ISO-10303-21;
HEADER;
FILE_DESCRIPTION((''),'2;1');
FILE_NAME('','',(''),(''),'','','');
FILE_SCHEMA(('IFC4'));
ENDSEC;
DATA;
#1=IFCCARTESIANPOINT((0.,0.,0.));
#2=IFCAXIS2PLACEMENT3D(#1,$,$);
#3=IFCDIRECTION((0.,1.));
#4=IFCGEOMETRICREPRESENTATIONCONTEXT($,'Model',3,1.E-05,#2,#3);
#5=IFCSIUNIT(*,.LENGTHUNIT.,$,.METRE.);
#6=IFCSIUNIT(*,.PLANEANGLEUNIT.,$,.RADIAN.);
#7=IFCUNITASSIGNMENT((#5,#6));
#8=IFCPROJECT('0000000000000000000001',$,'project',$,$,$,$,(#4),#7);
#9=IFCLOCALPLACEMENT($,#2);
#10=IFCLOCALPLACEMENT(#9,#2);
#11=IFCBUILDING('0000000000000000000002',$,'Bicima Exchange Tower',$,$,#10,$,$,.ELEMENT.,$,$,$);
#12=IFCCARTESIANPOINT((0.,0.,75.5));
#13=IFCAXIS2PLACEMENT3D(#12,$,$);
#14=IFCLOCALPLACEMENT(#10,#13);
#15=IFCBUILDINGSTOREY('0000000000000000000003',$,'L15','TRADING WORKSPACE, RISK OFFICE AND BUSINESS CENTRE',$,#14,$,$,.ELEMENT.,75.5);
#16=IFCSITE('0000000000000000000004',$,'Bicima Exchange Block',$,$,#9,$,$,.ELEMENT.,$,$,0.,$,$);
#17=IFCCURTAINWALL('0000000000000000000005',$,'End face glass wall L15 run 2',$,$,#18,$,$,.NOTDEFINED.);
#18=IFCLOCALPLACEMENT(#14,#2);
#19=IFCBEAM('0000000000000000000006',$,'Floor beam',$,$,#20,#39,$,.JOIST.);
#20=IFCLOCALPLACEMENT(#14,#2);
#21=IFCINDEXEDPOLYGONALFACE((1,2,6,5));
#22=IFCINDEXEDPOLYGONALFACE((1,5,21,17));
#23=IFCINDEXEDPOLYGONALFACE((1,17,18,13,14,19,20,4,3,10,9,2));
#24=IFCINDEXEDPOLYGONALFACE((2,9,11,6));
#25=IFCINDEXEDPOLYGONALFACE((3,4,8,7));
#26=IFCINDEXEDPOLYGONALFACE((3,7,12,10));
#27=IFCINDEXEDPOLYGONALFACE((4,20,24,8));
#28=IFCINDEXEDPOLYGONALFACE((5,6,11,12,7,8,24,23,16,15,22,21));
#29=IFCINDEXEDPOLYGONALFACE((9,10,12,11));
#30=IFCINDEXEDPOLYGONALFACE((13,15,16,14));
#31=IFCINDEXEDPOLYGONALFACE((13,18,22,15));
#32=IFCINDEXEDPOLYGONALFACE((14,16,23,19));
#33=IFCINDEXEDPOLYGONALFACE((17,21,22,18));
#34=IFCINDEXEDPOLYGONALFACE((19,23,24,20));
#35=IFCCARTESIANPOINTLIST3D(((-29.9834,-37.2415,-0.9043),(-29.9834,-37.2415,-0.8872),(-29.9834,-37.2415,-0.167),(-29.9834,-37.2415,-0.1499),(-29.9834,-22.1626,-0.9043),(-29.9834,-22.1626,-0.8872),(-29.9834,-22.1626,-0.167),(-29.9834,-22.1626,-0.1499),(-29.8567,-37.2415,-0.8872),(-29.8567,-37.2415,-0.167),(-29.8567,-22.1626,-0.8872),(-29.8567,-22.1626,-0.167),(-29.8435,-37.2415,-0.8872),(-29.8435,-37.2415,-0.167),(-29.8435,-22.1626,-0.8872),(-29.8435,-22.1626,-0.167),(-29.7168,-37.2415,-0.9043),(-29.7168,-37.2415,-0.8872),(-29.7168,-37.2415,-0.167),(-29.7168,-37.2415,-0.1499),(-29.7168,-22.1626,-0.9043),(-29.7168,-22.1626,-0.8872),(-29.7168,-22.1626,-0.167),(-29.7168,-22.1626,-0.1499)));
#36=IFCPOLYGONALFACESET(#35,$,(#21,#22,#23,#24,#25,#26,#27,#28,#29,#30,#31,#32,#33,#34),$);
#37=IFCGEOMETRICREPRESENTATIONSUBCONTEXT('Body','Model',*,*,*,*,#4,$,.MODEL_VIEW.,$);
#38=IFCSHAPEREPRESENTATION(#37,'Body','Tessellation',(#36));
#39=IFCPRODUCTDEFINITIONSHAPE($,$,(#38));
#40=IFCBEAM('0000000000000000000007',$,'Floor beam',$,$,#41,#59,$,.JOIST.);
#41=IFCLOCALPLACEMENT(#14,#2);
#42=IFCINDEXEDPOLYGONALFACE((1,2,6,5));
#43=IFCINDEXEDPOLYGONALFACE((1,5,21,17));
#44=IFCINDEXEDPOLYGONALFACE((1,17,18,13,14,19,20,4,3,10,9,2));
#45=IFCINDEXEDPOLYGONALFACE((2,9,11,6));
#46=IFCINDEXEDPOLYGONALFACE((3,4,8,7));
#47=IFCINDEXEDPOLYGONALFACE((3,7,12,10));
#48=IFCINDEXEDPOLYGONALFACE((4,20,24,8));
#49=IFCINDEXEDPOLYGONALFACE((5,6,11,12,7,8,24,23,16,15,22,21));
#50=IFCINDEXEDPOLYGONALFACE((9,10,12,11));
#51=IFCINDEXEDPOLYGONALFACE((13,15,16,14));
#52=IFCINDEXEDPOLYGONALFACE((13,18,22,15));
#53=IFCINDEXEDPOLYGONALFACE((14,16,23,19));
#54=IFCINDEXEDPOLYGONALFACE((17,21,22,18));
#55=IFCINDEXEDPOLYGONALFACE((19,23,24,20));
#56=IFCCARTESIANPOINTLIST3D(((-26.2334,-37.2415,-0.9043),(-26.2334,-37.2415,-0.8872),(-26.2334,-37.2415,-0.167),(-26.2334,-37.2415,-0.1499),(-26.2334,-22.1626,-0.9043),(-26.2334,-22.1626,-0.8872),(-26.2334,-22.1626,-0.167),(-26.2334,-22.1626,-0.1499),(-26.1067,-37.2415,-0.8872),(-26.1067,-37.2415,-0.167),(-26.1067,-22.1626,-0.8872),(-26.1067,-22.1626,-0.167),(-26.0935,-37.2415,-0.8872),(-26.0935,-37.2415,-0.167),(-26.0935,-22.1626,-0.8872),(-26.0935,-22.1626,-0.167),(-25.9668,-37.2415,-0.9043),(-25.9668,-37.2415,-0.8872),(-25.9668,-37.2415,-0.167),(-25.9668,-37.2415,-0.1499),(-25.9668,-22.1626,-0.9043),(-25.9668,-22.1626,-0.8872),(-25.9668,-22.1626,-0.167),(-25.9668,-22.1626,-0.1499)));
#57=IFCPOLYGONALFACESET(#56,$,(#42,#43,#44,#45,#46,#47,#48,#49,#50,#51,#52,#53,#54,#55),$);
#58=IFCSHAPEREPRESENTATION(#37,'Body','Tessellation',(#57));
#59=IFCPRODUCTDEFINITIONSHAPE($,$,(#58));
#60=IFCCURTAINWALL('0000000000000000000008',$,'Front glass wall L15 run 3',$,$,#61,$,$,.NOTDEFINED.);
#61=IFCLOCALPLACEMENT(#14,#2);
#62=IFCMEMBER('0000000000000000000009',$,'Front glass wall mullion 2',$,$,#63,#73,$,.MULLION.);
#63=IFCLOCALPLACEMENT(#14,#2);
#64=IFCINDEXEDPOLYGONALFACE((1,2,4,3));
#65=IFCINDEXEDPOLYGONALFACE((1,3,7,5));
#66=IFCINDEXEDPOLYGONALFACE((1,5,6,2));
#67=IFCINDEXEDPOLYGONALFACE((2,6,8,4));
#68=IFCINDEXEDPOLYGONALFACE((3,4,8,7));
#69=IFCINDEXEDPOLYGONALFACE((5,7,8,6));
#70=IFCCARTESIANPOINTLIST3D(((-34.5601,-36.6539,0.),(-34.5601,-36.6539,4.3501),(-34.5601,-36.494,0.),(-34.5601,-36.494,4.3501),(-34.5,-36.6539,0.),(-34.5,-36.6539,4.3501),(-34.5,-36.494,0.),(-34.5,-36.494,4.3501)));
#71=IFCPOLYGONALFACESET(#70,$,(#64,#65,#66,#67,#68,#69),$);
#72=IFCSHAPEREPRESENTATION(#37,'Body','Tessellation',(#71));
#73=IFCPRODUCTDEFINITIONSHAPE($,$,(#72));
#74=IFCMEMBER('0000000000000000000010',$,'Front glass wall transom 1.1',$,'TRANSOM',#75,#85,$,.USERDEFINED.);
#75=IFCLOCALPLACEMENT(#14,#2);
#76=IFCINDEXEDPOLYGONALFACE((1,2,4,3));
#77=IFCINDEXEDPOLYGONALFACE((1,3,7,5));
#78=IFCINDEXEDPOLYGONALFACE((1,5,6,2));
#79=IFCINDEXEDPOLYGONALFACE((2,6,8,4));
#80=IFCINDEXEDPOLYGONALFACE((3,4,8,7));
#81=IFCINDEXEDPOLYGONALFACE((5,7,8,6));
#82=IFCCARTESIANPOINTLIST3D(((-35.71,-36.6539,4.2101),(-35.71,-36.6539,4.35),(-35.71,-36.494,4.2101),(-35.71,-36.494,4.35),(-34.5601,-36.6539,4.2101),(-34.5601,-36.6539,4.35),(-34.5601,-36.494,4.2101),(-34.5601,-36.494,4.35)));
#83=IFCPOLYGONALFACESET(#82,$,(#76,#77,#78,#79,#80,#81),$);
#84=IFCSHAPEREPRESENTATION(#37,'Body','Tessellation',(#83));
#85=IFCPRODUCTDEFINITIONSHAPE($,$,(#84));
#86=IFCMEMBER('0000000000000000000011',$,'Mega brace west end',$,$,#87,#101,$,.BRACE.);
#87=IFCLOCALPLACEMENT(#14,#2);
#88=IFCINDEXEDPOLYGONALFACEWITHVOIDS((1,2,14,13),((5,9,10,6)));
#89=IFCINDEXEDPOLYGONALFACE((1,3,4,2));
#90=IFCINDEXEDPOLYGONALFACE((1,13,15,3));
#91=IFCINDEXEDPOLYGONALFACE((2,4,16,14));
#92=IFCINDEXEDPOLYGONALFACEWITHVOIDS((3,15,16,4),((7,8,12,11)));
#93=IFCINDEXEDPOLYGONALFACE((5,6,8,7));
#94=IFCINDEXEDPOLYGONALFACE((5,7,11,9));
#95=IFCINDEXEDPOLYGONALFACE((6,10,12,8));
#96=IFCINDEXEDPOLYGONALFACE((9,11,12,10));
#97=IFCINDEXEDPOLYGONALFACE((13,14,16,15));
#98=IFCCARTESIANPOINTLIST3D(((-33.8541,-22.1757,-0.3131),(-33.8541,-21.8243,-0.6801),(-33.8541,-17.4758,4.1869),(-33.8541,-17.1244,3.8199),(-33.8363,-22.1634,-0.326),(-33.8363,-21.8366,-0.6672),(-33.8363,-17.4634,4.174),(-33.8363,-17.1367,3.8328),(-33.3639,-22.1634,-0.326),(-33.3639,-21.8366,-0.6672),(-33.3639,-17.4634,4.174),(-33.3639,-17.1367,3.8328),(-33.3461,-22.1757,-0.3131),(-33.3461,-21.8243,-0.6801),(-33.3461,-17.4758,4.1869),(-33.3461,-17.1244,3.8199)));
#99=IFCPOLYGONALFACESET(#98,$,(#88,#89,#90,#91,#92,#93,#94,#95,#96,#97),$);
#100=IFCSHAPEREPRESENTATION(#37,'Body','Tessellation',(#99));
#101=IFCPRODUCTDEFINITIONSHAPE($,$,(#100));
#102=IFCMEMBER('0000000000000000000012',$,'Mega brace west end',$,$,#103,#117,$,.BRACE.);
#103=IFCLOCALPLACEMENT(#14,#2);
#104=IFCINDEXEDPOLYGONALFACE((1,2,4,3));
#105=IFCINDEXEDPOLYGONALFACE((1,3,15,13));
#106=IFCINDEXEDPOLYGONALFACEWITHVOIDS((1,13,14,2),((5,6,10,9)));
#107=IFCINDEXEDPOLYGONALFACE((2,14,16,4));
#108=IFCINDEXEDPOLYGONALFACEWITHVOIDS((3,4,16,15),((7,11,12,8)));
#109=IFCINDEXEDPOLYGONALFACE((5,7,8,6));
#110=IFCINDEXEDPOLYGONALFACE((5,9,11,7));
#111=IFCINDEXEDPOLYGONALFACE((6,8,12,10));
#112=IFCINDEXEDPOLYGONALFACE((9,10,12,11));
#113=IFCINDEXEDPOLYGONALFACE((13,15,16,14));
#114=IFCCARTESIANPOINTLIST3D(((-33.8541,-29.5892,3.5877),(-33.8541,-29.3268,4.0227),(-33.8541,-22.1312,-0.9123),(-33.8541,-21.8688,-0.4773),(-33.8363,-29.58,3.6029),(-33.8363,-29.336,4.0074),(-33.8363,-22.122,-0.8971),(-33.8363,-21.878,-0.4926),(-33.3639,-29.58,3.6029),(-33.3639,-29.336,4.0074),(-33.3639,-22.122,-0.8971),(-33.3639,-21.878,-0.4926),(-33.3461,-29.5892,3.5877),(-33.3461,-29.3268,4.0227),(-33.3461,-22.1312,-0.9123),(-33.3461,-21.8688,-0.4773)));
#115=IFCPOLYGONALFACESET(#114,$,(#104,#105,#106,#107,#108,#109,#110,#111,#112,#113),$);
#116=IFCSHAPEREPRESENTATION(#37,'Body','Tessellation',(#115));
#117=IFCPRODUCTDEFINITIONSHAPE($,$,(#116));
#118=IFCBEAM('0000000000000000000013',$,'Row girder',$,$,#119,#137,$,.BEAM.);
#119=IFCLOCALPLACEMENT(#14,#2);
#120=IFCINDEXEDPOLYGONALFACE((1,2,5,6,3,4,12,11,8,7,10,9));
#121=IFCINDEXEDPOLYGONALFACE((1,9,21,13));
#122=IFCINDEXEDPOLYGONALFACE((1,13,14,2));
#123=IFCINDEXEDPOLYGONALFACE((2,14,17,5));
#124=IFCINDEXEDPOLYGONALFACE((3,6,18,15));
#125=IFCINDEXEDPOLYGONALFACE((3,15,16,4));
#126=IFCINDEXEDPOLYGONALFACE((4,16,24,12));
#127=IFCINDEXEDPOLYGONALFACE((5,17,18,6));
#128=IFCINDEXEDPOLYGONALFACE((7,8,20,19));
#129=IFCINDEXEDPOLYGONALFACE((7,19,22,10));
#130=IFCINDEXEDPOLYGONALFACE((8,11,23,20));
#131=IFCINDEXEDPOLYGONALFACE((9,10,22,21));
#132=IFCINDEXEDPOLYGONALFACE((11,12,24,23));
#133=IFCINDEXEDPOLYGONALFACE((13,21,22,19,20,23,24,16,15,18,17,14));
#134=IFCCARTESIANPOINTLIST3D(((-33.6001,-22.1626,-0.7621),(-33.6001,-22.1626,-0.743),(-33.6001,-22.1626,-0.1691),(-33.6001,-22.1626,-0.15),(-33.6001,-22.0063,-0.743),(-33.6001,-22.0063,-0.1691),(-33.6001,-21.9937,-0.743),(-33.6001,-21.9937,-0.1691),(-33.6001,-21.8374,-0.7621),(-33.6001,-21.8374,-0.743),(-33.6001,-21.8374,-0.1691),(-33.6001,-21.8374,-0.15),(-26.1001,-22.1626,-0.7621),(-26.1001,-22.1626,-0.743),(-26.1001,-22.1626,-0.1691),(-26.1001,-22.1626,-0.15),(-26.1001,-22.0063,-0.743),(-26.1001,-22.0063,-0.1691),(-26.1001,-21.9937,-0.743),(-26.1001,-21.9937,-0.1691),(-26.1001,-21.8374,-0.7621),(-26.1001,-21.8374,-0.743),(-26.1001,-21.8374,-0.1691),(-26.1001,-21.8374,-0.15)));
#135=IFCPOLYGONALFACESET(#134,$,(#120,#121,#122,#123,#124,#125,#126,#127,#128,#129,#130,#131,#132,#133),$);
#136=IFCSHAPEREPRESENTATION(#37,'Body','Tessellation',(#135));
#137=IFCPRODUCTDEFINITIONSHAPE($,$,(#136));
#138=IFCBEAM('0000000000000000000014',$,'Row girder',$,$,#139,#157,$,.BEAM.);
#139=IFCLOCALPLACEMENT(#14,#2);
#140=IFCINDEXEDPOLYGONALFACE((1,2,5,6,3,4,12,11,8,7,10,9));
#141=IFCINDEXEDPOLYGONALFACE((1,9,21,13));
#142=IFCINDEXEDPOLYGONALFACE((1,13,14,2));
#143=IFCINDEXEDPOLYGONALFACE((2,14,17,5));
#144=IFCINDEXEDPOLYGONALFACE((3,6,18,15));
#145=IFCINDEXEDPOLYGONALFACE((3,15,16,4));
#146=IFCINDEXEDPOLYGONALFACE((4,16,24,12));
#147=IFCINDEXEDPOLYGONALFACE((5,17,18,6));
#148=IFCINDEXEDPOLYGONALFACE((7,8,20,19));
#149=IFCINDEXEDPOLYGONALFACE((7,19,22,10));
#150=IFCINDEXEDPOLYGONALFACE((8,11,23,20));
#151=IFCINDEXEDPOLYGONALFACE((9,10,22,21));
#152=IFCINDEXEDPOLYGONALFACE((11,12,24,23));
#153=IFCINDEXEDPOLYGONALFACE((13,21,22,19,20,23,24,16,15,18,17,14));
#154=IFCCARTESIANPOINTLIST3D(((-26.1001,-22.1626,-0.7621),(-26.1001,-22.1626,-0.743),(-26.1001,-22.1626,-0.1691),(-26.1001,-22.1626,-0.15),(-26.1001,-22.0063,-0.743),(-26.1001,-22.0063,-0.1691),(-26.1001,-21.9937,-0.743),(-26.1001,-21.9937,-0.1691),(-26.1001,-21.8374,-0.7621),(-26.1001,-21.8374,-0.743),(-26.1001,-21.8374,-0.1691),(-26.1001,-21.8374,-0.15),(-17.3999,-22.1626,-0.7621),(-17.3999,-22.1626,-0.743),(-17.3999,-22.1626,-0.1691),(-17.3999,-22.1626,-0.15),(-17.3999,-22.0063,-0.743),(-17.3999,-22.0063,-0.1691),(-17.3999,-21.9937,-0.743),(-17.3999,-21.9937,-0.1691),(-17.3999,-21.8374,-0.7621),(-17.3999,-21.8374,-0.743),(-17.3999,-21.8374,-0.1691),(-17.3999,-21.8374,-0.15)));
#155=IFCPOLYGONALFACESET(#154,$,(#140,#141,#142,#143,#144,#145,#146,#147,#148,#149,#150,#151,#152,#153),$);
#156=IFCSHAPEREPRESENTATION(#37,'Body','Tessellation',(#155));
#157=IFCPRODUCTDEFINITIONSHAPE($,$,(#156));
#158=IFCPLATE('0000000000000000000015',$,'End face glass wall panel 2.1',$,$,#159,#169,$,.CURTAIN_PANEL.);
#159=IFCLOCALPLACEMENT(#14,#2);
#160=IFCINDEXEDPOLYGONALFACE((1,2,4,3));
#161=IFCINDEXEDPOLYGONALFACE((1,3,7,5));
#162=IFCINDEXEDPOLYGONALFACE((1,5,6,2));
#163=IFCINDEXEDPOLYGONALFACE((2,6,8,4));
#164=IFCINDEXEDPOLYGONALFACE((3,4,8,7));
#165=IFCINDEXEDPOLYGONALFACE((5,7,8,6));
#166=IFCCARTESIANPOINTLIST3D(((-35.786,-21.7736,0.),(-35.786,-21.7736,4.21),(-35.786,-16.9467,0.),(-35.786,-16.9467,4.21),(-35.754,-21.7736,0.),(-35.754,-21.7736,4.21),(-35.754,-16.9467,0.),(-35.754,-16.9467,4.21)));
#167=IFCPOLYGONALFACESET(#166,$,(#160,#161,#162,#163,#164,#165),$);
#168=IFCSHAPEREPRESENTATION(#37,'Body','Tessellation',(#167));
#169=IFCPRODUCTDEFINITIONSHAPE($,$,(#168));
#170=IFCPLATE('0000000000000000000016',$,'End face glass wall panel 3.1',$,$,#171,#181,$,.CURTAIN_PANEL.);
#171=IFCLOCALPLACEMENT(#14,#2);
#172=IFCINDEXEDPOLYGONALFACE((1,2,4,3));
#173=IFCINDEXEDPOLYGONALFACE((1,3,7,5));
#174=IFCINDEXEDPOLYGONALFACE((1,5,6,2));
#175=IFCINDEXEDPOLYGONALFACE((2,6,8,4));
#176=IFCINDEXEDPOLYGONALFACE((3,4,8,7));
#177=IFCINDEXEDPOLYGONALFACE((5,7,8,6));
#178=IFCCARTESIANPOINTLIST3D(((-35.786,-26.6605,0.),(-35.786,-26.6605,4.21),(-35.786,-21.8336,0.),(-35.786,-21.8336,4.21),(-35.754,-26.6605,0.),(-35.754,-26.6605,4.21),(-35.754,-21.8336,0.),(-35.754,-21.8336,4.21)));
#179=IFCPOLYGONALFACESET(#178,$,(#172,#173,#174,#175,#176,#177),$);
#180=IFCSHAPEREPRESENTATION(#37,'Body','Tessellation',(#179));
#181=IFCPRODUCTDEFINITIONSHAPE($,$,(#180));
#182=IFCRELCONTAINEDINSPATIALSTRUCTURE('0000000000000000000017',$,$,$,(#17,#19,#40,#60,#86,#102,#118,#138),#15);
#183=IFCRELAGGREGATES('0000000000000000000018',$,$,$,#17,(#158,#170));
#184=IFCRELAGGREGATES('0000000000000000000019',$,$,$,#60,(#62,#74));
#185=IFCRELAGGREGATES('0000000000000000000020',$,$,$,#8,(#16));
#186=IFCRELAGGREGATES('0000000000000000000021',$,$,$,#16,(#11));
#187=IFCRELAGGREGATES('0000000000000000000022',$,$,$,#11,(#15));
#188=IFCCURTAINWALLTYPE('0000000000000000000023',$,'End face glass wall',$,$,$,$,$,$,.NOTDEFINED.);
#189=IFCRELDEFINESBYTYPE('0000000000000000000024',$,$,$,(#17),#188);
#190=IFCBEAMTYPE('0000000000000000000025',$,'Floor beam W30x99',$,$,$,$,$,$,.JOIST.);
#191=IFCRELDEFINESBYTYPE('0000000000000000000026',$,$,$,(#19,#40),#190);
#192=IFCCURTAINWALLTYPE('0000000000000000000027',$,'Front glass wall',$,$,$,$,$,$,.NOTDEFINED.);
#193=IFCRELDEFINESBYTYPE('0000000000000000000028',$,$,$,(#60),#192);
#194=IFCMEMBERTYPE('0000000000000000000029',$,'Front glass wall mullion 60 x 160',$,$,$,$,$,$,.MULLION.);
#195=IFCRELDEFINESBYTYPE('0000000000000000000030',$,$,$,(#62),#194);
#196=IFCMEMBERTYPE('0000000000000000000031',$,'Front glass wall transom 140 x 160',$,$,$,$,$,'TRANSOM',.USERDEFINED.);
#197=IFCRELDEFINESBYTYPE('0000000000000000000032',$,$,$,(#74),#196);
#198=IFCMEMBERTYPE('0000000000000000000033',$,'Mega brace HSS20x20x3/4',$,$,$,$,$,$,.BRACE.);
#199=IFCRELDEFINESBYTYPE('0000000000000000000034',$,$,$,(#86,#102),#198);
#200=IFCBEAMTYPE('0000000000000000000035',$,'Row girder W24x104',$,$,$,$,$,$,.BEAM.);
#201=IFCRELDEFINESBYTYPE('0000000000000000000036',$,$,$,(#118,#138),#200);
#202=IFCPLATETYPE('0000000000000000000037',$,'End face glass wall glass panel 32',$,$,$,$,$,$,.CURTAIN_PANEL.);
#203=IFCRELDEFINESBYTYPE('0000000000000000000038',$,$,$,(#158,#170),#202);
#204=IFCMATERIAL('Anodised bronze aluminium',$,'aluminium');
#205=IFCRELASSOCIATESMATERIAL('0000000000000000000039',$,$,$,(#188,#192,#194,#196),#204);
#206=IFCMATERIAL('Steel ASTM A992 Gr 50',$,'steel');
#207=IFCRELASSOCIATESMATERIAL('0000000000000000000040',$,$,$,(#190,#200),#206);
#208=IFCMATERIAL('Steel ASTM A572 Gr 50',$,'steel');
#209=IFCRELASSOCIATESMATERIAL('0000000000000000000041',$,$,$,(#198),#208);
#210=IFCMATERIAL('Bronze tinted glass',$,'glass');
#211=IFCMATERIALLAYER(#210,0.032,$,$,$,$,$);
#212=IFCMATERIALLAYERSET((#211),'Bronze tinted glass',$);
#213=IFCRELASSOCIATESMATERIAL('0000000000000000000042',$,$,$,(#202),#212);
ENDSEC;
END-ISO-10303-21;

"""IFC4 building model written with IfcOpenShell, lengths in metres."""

from ifc_helpers import new_model, si_unit, direction, frame, origin, origin_2d, place, context, subcontext, project, spatial, rectangle, hollow_rectangle, i_section, extrude, material, layer, layer_set, material_profile, profile_set, type_object, element, aggregate, save


model = new_model("IFC4")

# Units and contexts
model_context = context("Model", 3, precision=1e-05, world=origin(), true_north=direction((0.0, 1.0)))
body_context = subcontext(model_context, "Body", "Model", "MODEL_VIEW")
ifc_project = project(units=[si_unit("LENGTHUNIT", "METRE"), si_unit("PLANEANGLEUNIT", "RADIAN")], contexts=[model_context])

# Site, building, storey
site_placement = place(None, origin())
site = spatial("IfcSite", under=ifc_project, at=site_placement, Name="Bicima Exchange Block", CompositionType="ELEMENT", RefElevation=0.0)
building_placement = place(site_placement, origin())
building = spatial("IfcBuilding", under=site, at=building_placement, Name="Bicima Exchange Tower", CompositionType="ELEMENT")
storey_placement = place(building_placement, frame((0.0, 0.0, 75.5)))
storey = spatial("IfcBuildingStorey", under=building, at=storey_placement, Name="L15", Description="TRADING WORKSPACE, RISK OFFICE AND BUSINESS CENTRE", CompositionType="ELEMENT", Elevation=75.5)

# Shared definitions
ifc_material_1 = material(Name="Steel ASTM A992 Gr 50", Category="steel")

# Curtain wall
ifc_material_2 = material(Name="Anodised bronze aluminium", Category="aluminium")
curtain_wall_type_1 = type_object("IfcCurtainWallType", Name="End face glass wall", PredefinedType="NOTDEFINED", material=ifc_material_2)
curtain_wall_1_placement = place(storey_placement, origin())
curtain_wall_1 = element("IfcCurtainWall", 1, at=curtain_wall_1_placement, inside=storey, type_object=curtain_wall_type_1, Name="End face glass wall L15 run 2", PredefinedType="NOTDEFINED")
ifc_material_profile_1 = material_profile(ifc_material_2, rectangle(XDim=0.1599, YDim=0.0601, at=origin_2d()))
ifc_profile_set_1 = profile_set([ifc_material_profile_1], Name="Anodised bronze aluminium")
ifc_material_profile_2 = material_profile(ifc_material_2, rectangle(XDim=0.1599, YDim=0.1399, at=origin_2d()))
ifc_profile_set_2 = profile_set([ifc_material_profile_2], Name="Anodised bronze aluminium")

# Beams
ifc_material_profile_3 = material_profile(ifc_material_1, i_section(OverallWidth=0.2666, OverallDepth=0.7544, WebThickness=0.0132, FlangeThickness=0.0171, at=origin_2d()))
ifc_profile_set_3 = profile_set([ifc_material_profile_3], Name="Steel ASTM A992 Gr 50")
beam_type_1 = type_object("IfcBeamType", Name="Floor beam W30x99", PredefinedType="JOIST", material=ifc_profile_set_3)
for number, where, z_axis, x_axis, name in (
    (2, (-29.8501, -22.1626, -0.5271), (0.0, -1.0, 0.0), (1.0, 0.0, 0.0), "Floor beam"),
    (3, (-26.1001, -22.1626, -0.5271), (0.0, -1.0, 0.0), (1.0, 0.0, 0.0), "Floor beam"),
):
    element("IfcBeam", number, at=place(storey_placement, frame(where, z_axis=z_axis, x_axis=x_axis)), inside=storey, type_object=beam_type_1, Name=name, PredefinedType="JOIST", context=body_context, shape_type="SweptSolid", body=[
        extrude(i_section(OverallWidth=0.2666, OverallDepth=0.7544, WebThickness=0.0132, FlangeThickness=0.0171, at=origin_2d()), origin(), (0.0, 0.0, 1.0), 15.0789),
    ])

# Curtain wall, members
curtain_wall_type_2 = type_object("IfcCurtainWallType", Name="Front glass wall", PredefinedType="NOTDEFINED", material=ifc_material_2)
curtain_wall_2_placement = place(storey_placement, origin())
curtain_wall_2 = element("IfcCurtainWall", 4, at=curtain_wall_2_placement, inside=storey, type_object=curtain_wall_type_2, Name="Front glass wall L15 run 3", PredefinedType="NOTDEFINED")
member_type_1 = type_object("IfcMemberType", Name="Front glass wall mullion 60 x 160", PredefinedType="MULLION", material=ifc_profile_set_1)
member_1_placement = place(storey_placement, frame((-34.53, -36.574, 0.0), z_axis=(0.0, 0.0, 1.0), x_axis=(0.0, 1.0, 0.0)))
member_1 = element("IfcMember", 5, at=member_1_placement, type_object=member_type_1, Name="Front glass wall mullion 2", PredefinedType="MULLION", context=body_context, shape_type="SweptSolid", body=[
    extrude(rectangle(XDim=0.1599, YDim=0.0601, at=origin_2d()), origin(), (0.0, 0.0, 1.0), 4.3501),
])
member_type_2 = type_object("IfcMemberType", Name="Front glass wall transom 140 x 160", ElementType="TRANSOM", PredefinedType="USERDEFINED", material=ifc_profile_set_2)
member_2_placement = place(storey_placement, frame((-35.71, -36.574, 4.28), z_axis=(1.0, 0.0, 0.0), x_axis=(0.0, 1.0, 0.0)))
member_2 = element("IfcMember", 6, at=member_2_placement, type_object=member_type_2, Name="Front glass wall transom 1.1", ObjectType="TRANSOM", PredefinedType="USERDEFINED", context=body_context, shape_type="SweptSolid", body=[
    extrude(rectangle(XDim=0.1599, YDim=0.1399, at=origin_2d()), origin(), (0.0, 0.0, 1.0), 1.1499),
])

# Members
ifc_material_3 = material(Name="Steel ASTM A572 Gr 50", Category="steel")
ifc_material_profile_4 = material_profile(ifc_material_3, hollow_rectangle(XDim=0.5081, YDim=0.5081, WallThickness=0.0178, at=origin_2d()))
ifc_profile_set_4 = profile_set([ifc_material_profile_4], Name="Steel ASTM A572 Gr 50")
member_type_3 = type_object("IfcMemberType", Name="Mega brace HSS20x20x3/4", PredefinedType="BRACE", material=ifc_profile_set_4)
member_3_placement = place(storey_placement, frame((-33.6001, -22.0, -0.4966), z_axis=(0.0, 0.722304, 0.691575), x_axis=(-1.0, 0.0, 0.0)))
element("IfcMember", 7, at=member_3_placement, inside=storey, type_object=member_type_3, Name="Mega brace west end", PredefinedType="BRACE", context=body_context, shape_type="SweptSolid", body=[
    extrude(hollow_rectangle(XDim=0.5081, YDim=0.5081, WallThickness=0.0178, at=origin_2d()), origin(), (0.0, 0.0, 1.0), 6.5068),
])
member_4_placement = place(storey_placement, frame((-33.6001, -22.0, -0.6948), z_axis=(0.0, -0.856214, 0.516621), x_axis=(1.0, 0.0, 0.0)))
element("IfcMember", 8, at=member_4_placement, inside=storey, type_object=member_type_3, Name="Mega brace west end", PredefinedType="BRACE", context=body_context, shape_type="SweptSolid", body=[
    extrude(hollow_rectangle(XDim=0.5081, YDim=0.5081, WallThickness=0.0178, at=origin_2d()), origin(), (0.0, 0.0, 1.0), 8.7104),
])

# Beams
ifc_material_profile_5 = material_profile(ifc_material_1, i_section(OverallWidth=0.3252, OverallDepth=0.6121, WebThickness=0.0127, FlangeThickness=0.019, at=origin_2d()))
ifc_profile_set_5 = profile_set([ifc_material_profile_5], Name="Steel ASTM A992 Gr 50")
beam_type_2 = type_object("IfcBeamType", Name="Row girder W24x104", PredefinedType="BEAM", material=ifc_profile_set_5)
beam_1_placement = place(storey_placement, frame((-33.6001, -22.0, -0.4561), z_axis=(1.0, 0.0, 0.0), x_axis=(0.0, 1.0, 0.0)))
element("IfcBeam", 9, at=beam_1_placement, inside=storey, type_object=beam_type_2, Name="Row girder", PredefinedType="BEAM", context=body_context, shape_type="SweptSolid", body=[
    extrude(i_section(OverallWidth=0.3252, OverallDepth=0.6121, WebThickness=0.0127, FlangeThickness=0.019, at=origin_2d()), origin(), (0.0, 0.0, 1.0), 7.5),
])
beam_2_placement = place(storey_placement, frame((-26.1001, -22.0, -0.4561), z_axis=(1.0, 0.0, 0.0), x_axis=(0.0, 1.0, 0.0)))
element("IfcBeam", 10, at=beam_2_placement, inside=storey, type_object=beam_type_2, Name="Row girder", PredefinedType="BEAM", context=body_context, shape_type="SweptSolid", body=[
    extrude(i_section(OverallWidth=0.3252, OverallDepth=0.6121, WebThickness=0.0127, FlangeThickness=0.019, at=origin_2d()), origin(), (0.0, 0.0, 1.0), 8.7002),
])

# Plates
ifc_material_4 = material(Name="Bronze tinted glass", Category="glass")
ifc_layer_1 = layer(ifc_material_4, 0.032)
ifc_layer_set_1 = layer_set([ifc_layer_1], Name="Bronze tinted glass")
plate_type_1 = type_object("IfcPlateType", Name="End face glass wall glass panel 32", PredefinedType="CURTAIN_PANEL", material=ifc_layer_set_1)
plate_1_placement = place(storey_placement, frame((-35.77, -19.3601, 0.0), z_axis=(0.0, 0.0, 1.0), x_axis=(0.0, -1.0, 0.0)))
plate_1 = element("IfcPlate", 11, at=plate_1_placement, type_object=plate_type_1, Name="End face glass wall panel 2.1", PredefinedType="CURTAIN_PANEL", context=body_context, shape_type="SweptSolid", body=[
    extrude(rectangle(XDim=4.8269, YDim=0.032, at=origin_2d()), origin(), (0.0, 0.0, 1.0), 4.21),
])
plate_2_placement = place(storey_placement, frame((-35.77, -24.2471, 0.0), z_axis=(0.0, 0.0, 1.0), x_axis=(0.0, -1.0, 0.0)))
plate_2 = element("IfcPlate", 12, at=plate_2_placement, type_object=plate_type_1, Name="End face glass wall panel 3.1", PredefinedType="CURTAIN_PANEL", context=body_context, shape_type="SweptSolid", body=[
    extrude(rectangle(XDim=4.8269, YDim=0.032, at=origin_2d()), origin(), (0.0, 0.0, 1.0), 4.21),
])
aggregate(curtain_wall_1, [plate_1, plate_2])
aggregate(curtain_wall_2, [member_1, member_2])

save(model, "model.ifc")
